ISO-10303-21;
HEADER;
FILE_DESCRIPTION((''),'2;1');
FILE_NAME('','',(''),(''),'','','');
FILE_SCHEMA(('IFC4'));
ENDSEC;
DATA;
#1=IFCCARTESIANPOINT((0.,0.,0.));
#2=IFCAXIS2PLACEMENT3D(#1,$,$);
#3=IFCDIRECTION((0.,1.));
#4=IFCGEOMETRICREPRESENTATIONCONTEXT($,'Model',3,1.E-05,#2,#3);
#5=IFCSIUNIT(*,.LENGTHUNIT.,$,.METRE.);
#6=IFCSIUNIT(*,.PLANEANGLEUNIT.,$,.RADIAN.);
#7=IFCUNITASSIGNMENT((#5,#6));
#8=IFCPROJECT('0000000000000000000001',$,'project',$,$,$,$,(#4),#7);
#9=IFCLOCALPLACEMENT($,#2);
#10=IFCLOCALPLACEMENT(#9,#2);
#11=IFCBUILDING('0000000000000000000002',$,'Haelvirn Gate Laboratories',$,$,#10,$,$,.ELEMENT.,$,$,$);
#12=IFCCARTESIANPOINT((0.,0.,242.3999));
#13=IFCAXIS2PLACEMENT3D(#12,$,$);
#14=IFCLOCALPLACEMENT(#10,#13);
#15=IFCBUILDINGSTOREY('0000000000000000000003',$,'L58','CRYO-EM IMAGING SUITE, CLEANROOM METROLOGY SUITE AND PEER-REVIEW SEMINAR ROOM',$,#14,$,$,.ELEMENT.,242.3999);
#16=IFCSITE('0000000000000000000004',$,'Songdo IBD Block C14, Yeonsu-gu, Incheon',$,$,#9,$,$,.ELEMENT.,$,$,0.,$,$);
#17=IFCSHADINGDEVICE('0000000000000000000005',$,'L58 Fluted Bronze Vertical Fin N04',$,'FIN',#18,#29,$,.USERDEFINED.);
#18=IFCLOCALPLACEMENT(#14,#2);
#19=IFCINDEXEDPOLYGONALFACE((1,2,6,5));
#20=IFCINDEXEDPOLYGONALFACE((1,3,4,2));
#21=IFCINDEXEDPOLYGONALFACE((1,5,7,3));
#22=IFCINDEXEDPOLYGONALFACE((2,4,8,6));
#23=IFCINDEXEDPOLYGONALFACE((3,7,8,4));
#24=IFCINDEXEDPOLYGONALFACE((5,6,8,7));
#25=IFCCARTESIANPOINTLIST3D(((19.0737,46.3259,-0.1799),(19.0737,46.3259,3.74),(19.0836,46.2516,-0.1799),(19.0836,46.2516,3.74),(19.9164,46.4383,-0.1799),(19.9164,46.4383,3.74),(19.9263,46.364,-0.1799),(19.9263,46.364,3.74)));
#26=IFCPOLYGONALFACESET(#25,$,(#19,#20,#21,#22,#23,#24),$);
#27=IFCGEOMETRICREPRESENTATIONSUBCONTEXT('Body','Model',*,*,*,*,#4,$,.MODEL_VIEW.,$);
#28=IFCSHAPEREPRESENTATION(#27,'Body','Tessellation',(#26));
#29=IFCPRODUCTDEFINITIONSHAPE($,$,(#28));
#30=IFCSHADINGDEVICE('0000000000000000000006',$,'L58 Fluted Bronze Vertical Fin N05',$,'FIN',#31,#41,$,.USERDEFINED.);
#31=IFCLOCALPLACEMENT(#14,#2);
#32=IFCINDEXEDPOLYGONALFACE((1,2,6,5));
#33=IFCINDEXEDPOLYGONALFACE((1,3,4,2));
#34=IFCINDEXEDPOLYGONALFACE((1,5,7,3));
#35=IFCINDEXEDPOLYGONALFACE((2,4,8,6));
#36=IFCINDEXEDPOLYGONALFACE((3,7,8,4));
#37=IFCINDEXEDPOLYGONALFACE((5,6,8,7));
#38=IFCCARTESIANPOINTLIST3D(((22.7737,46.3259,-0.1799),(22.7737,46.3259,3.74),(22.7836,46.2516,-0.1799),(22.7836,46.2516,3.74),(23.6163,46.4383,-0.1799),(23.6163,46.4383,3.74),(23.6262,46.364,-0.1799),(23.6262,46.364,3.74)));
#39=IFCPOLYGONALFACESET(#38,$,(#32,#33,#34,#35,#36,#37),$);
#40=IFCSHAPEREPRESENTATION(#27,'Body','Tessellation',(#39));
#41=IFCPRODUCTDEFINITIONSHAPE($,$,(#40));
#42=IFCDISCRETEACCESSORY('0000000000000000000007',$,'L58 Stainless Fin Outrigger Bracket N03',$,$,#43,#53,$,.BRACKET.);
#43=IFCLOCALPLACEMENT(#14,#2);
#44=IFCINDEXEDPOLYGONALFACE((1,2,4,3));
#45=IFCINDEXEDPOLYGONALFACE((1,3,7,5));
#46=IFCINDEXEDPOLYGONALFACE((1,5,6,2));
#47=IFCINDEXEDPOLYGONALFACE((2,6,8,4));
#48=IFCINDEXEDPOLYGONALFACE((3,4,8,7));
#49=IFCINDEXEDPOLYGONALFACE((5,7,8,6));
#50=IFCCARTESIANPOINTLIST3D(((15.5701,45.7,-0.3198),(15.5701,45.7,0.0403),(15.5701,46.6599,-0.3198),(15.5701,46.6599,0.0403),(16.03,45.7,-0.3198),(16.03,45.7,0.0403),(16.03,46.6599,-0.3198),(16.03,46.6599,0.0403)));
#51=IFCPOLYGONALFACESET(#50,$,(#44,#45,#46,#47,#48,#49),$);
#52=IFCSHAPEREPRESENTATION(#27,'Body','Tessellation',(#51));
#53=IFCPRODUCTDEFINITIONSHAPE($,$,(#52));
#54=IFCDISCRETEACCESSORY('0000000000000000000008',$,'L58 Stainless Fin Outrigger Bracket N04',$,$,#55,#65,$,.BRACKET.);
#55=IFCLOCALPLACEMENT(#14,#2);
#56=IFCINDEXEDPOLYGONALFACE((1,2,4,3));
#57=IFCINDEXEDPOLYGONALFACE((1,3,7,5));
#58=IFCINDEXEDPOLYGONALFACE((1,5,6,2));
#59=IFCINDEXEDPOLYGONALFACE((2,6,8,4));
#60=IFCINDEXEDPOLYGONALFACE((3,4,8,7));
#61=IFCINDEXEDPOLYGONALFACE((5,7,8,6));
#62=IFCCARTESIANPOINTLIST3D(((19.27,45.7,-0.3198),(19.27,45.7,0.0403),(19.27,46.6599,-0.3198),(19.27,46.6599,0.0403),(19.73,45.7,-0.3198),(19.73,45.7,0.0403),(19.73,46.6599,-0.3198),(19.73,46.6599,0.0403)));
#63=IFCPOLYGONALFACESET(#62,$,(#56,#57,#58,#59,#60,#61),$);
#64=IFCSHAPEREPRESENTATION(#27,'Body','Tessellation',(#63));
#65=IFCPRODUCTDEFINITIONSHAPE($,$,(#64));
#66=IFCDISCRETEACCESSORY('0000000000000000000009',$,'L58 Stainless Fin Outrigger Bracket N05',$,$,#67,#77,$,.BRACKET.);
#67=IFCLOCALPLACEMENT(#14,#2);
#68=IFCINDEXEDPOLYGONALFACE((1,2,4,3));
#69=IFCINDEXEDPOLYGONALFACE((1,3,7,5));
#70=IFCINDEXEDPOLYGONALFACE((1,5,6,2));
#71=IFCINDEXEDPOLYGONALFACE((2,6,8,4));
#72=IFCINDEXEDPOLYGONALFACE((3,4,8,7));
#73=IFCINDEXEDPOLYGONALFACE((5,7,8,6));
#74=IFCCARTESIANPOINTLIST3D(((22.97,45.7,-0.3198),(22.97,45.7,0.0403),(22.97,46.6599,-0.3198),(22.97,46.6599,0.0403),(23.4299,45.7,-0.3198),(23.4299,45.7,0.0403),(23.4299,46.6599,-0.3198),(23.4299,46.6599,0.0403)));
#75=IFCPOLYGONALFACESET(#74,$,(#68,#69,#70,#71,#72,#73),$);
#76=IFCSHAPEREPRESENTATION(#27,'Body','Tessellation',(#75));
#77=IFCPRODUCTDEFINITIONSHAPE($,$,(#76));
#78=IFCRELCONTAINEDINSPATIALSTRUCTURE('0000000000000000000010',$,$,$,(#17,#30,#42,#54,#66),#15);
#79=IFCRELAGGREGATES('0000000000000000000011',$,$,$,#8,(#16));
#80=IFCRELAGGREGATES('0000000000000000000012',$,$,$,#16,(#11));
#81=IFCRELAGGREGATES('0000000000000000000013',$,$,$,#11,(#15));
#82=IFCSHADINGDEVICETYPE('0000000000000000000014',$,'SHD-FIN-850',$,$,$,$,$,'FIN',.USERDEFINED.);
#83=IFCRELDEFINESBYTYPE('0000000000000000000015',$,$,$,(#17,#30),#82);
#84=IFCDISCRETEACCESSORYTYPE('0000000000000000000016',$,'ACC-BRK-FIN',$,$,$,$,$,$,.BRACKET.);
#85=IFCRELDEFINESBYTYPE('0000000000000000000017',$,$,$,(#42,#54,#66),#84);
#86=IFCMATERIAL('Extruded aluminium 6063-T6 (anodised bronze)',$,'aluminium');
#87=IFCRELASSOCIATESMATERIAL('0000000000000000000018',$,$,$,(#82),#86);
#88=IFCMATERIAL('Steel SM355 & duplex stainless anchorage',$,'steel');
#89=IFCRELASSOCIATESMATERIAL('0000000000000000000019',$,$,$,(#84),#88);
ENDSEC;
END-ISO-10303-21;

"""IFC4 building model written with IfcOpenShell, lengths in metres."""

from ifc_helpers import new_model, si_unit, direction, frame, origin, origin_2d, place, context, subcontext, project, spatial, rectangle, extrude, source, transform, mapped, material, material_profile, profile_set, type_object, type_shapes, element, save


model = new_model("IFC4")

# Units and contexts
model_context = context("Model", 3, precision=1e-05, world=origin(), true_north=direction((0.0, 1.0)))
body_context = subcontext(model_context, "Body", "Model", "MODEL_VIEW")
ifc_project = project(units=[si_unit("LENGTHUNIT", "METRE"), si_unit("PLANEANGLEUNIT", "RADIAN")], contexts=[model_context])

# Site, building, storey
site_placement = place(None, origin())
site = spatial("IfcSite", under=ifc_project, at=site_placement, Name="Songdo IBD Block C14, Yeonsu-gu, Incheon", CompositionType="ELEMENT", RefElevation=0.0)
building_placement = place(site_placement, origin())
building = spatial("IfcBuilding", under=site, at=building_placement, Name="Haelvirn Gate Laboratories", CompositionType="ELEMENT")
storey_placement = place(building_placement, frame((0.0, 0.0, 242.3999)))
storey = spatial("IfcBuildingStorey", under=building, at=storey_placement, Name="L58", Description="CRYO-EM IMAGING SUITE, CLEANROOM METROLOGY SUITE AND PEER-REVIEW SEMINAR ROOM", CompositionType="ELEMENT", Elevation=242.3999)

# Shared definitions
ifc_material_1 = material(Name="Extruded aluminium 6063-T6 (anodised bronze)", Category="aluminium")

# Shading devices
ifc_material_profile_1 = material_profile(ifc_material_1, rectangle(XDim=0.075, YDim=0.8501, at=origin_2d()), Name="FIN-850x75")
ifc_profile_set_1 = profile_set([ifc_material_profile_1], Name="Extruded aluminium 6063-T6 (anodised bronze)")
shading_device_type = type_object("IfcShadingDeviceType", Name="SHD-FIN-850", ElementType="FIN", PredefinedType="USERDEFINED", material=ifc_profile_set_1)
shared_shape_1 = source(origin(), body_context, "Body", "SweptSolid", [
    extrude(rectangle(XDim=0.075, YDim=0.8501, at=origin_2d()), origin(), (0.0, 0.0, 1.0), 3.9199),
])
type_shapes(shading_device_type, [shared_shape_1])
for number, where, z_axis, x_axis, name in (
    (1, (19.5, 46.345, -0.1799), (0.0, 0.0, 1.0), (-0.132256, 0.991216, 0.0), "L58 Fluted Bronze Vertical Fin N04"),
    (2, (23.2, 46.345, -0.1799), (0.0, 0.0, 1.0), (-0.132256, 0.991216, 0.0), "L58 Fluted Bronze Vertical Fin N05"),
):
    element("IfcShadingDevice", number, at=place(storey_placement, frame(where, z_axis=z_axis, x_axis=x_axis)), inside=storey, type_object=shading_device_type, Name=name, ObjectType="FIN", PredefinedType="USERDEFINED", context=body_context, shape_type="MappedRepresentation", body=[
        mapped(shared_shape_1, transform((0.0, 0.0, 0.0), scale=1.0)),
    ])

# Discrete accessories
ifc_material_2 = material(Name="Steel SM355 & duplex stainless anchorage", Category="steel")
discrete_accessory_type = type_object("IfcDiscreteAccessoryType", Name="ACC-BRK-FIN", PredefinedType="BRACKET", material=ifc_material_2)
shared_shape_2 = source(origin(), body_context, "Body", "SweptSolid", [
    extrude(rectangle(XDim=0.46, YDim=0.96, at=origin_2d()), origin(), (0.0, 0.0, 1.0), 0.3601),
])
type_shapes(discrete_accessory_type, [shared_shape_2])
for number, where, z_axis, x_axis, name in (
    (3, (15.8, 46.1799, -0.3198), (0.0, 0.0, 1.0), (1.0, 0.0, 0.0), "L58 Stainless Fin Outrigger Bracket N03"),
    (4, (19.5, 46.1799, -0.3198), (0.0, 0.0, 1.0), (1.0, 0.0, 0.0), "L58 Stainless Fin Outrigger Bracket N04"),
    (5, (23.2, 46.1799, -0.3198), (0.0, 0.0, 1.0), (1.0, 0.0, 0.0), "L58 Stainless Fin Outrigger Bracket N05"),
):
    element("IfcDiscreteAccessory", number, at=place(storey_placement, frame(where, z_axis=z_axis, x_axis=x_axis)), inside=storey, type_object=discrete_accessory_type, Name=name, PredefinedType="BRACKET", context=body_context, shape_type="MappedRepresentation", body=[
        mapped(shared_shape_2, transform((0.0, 0.0, 0.0), scale=1.0)),
    ])

save(model, "model.ifc")
